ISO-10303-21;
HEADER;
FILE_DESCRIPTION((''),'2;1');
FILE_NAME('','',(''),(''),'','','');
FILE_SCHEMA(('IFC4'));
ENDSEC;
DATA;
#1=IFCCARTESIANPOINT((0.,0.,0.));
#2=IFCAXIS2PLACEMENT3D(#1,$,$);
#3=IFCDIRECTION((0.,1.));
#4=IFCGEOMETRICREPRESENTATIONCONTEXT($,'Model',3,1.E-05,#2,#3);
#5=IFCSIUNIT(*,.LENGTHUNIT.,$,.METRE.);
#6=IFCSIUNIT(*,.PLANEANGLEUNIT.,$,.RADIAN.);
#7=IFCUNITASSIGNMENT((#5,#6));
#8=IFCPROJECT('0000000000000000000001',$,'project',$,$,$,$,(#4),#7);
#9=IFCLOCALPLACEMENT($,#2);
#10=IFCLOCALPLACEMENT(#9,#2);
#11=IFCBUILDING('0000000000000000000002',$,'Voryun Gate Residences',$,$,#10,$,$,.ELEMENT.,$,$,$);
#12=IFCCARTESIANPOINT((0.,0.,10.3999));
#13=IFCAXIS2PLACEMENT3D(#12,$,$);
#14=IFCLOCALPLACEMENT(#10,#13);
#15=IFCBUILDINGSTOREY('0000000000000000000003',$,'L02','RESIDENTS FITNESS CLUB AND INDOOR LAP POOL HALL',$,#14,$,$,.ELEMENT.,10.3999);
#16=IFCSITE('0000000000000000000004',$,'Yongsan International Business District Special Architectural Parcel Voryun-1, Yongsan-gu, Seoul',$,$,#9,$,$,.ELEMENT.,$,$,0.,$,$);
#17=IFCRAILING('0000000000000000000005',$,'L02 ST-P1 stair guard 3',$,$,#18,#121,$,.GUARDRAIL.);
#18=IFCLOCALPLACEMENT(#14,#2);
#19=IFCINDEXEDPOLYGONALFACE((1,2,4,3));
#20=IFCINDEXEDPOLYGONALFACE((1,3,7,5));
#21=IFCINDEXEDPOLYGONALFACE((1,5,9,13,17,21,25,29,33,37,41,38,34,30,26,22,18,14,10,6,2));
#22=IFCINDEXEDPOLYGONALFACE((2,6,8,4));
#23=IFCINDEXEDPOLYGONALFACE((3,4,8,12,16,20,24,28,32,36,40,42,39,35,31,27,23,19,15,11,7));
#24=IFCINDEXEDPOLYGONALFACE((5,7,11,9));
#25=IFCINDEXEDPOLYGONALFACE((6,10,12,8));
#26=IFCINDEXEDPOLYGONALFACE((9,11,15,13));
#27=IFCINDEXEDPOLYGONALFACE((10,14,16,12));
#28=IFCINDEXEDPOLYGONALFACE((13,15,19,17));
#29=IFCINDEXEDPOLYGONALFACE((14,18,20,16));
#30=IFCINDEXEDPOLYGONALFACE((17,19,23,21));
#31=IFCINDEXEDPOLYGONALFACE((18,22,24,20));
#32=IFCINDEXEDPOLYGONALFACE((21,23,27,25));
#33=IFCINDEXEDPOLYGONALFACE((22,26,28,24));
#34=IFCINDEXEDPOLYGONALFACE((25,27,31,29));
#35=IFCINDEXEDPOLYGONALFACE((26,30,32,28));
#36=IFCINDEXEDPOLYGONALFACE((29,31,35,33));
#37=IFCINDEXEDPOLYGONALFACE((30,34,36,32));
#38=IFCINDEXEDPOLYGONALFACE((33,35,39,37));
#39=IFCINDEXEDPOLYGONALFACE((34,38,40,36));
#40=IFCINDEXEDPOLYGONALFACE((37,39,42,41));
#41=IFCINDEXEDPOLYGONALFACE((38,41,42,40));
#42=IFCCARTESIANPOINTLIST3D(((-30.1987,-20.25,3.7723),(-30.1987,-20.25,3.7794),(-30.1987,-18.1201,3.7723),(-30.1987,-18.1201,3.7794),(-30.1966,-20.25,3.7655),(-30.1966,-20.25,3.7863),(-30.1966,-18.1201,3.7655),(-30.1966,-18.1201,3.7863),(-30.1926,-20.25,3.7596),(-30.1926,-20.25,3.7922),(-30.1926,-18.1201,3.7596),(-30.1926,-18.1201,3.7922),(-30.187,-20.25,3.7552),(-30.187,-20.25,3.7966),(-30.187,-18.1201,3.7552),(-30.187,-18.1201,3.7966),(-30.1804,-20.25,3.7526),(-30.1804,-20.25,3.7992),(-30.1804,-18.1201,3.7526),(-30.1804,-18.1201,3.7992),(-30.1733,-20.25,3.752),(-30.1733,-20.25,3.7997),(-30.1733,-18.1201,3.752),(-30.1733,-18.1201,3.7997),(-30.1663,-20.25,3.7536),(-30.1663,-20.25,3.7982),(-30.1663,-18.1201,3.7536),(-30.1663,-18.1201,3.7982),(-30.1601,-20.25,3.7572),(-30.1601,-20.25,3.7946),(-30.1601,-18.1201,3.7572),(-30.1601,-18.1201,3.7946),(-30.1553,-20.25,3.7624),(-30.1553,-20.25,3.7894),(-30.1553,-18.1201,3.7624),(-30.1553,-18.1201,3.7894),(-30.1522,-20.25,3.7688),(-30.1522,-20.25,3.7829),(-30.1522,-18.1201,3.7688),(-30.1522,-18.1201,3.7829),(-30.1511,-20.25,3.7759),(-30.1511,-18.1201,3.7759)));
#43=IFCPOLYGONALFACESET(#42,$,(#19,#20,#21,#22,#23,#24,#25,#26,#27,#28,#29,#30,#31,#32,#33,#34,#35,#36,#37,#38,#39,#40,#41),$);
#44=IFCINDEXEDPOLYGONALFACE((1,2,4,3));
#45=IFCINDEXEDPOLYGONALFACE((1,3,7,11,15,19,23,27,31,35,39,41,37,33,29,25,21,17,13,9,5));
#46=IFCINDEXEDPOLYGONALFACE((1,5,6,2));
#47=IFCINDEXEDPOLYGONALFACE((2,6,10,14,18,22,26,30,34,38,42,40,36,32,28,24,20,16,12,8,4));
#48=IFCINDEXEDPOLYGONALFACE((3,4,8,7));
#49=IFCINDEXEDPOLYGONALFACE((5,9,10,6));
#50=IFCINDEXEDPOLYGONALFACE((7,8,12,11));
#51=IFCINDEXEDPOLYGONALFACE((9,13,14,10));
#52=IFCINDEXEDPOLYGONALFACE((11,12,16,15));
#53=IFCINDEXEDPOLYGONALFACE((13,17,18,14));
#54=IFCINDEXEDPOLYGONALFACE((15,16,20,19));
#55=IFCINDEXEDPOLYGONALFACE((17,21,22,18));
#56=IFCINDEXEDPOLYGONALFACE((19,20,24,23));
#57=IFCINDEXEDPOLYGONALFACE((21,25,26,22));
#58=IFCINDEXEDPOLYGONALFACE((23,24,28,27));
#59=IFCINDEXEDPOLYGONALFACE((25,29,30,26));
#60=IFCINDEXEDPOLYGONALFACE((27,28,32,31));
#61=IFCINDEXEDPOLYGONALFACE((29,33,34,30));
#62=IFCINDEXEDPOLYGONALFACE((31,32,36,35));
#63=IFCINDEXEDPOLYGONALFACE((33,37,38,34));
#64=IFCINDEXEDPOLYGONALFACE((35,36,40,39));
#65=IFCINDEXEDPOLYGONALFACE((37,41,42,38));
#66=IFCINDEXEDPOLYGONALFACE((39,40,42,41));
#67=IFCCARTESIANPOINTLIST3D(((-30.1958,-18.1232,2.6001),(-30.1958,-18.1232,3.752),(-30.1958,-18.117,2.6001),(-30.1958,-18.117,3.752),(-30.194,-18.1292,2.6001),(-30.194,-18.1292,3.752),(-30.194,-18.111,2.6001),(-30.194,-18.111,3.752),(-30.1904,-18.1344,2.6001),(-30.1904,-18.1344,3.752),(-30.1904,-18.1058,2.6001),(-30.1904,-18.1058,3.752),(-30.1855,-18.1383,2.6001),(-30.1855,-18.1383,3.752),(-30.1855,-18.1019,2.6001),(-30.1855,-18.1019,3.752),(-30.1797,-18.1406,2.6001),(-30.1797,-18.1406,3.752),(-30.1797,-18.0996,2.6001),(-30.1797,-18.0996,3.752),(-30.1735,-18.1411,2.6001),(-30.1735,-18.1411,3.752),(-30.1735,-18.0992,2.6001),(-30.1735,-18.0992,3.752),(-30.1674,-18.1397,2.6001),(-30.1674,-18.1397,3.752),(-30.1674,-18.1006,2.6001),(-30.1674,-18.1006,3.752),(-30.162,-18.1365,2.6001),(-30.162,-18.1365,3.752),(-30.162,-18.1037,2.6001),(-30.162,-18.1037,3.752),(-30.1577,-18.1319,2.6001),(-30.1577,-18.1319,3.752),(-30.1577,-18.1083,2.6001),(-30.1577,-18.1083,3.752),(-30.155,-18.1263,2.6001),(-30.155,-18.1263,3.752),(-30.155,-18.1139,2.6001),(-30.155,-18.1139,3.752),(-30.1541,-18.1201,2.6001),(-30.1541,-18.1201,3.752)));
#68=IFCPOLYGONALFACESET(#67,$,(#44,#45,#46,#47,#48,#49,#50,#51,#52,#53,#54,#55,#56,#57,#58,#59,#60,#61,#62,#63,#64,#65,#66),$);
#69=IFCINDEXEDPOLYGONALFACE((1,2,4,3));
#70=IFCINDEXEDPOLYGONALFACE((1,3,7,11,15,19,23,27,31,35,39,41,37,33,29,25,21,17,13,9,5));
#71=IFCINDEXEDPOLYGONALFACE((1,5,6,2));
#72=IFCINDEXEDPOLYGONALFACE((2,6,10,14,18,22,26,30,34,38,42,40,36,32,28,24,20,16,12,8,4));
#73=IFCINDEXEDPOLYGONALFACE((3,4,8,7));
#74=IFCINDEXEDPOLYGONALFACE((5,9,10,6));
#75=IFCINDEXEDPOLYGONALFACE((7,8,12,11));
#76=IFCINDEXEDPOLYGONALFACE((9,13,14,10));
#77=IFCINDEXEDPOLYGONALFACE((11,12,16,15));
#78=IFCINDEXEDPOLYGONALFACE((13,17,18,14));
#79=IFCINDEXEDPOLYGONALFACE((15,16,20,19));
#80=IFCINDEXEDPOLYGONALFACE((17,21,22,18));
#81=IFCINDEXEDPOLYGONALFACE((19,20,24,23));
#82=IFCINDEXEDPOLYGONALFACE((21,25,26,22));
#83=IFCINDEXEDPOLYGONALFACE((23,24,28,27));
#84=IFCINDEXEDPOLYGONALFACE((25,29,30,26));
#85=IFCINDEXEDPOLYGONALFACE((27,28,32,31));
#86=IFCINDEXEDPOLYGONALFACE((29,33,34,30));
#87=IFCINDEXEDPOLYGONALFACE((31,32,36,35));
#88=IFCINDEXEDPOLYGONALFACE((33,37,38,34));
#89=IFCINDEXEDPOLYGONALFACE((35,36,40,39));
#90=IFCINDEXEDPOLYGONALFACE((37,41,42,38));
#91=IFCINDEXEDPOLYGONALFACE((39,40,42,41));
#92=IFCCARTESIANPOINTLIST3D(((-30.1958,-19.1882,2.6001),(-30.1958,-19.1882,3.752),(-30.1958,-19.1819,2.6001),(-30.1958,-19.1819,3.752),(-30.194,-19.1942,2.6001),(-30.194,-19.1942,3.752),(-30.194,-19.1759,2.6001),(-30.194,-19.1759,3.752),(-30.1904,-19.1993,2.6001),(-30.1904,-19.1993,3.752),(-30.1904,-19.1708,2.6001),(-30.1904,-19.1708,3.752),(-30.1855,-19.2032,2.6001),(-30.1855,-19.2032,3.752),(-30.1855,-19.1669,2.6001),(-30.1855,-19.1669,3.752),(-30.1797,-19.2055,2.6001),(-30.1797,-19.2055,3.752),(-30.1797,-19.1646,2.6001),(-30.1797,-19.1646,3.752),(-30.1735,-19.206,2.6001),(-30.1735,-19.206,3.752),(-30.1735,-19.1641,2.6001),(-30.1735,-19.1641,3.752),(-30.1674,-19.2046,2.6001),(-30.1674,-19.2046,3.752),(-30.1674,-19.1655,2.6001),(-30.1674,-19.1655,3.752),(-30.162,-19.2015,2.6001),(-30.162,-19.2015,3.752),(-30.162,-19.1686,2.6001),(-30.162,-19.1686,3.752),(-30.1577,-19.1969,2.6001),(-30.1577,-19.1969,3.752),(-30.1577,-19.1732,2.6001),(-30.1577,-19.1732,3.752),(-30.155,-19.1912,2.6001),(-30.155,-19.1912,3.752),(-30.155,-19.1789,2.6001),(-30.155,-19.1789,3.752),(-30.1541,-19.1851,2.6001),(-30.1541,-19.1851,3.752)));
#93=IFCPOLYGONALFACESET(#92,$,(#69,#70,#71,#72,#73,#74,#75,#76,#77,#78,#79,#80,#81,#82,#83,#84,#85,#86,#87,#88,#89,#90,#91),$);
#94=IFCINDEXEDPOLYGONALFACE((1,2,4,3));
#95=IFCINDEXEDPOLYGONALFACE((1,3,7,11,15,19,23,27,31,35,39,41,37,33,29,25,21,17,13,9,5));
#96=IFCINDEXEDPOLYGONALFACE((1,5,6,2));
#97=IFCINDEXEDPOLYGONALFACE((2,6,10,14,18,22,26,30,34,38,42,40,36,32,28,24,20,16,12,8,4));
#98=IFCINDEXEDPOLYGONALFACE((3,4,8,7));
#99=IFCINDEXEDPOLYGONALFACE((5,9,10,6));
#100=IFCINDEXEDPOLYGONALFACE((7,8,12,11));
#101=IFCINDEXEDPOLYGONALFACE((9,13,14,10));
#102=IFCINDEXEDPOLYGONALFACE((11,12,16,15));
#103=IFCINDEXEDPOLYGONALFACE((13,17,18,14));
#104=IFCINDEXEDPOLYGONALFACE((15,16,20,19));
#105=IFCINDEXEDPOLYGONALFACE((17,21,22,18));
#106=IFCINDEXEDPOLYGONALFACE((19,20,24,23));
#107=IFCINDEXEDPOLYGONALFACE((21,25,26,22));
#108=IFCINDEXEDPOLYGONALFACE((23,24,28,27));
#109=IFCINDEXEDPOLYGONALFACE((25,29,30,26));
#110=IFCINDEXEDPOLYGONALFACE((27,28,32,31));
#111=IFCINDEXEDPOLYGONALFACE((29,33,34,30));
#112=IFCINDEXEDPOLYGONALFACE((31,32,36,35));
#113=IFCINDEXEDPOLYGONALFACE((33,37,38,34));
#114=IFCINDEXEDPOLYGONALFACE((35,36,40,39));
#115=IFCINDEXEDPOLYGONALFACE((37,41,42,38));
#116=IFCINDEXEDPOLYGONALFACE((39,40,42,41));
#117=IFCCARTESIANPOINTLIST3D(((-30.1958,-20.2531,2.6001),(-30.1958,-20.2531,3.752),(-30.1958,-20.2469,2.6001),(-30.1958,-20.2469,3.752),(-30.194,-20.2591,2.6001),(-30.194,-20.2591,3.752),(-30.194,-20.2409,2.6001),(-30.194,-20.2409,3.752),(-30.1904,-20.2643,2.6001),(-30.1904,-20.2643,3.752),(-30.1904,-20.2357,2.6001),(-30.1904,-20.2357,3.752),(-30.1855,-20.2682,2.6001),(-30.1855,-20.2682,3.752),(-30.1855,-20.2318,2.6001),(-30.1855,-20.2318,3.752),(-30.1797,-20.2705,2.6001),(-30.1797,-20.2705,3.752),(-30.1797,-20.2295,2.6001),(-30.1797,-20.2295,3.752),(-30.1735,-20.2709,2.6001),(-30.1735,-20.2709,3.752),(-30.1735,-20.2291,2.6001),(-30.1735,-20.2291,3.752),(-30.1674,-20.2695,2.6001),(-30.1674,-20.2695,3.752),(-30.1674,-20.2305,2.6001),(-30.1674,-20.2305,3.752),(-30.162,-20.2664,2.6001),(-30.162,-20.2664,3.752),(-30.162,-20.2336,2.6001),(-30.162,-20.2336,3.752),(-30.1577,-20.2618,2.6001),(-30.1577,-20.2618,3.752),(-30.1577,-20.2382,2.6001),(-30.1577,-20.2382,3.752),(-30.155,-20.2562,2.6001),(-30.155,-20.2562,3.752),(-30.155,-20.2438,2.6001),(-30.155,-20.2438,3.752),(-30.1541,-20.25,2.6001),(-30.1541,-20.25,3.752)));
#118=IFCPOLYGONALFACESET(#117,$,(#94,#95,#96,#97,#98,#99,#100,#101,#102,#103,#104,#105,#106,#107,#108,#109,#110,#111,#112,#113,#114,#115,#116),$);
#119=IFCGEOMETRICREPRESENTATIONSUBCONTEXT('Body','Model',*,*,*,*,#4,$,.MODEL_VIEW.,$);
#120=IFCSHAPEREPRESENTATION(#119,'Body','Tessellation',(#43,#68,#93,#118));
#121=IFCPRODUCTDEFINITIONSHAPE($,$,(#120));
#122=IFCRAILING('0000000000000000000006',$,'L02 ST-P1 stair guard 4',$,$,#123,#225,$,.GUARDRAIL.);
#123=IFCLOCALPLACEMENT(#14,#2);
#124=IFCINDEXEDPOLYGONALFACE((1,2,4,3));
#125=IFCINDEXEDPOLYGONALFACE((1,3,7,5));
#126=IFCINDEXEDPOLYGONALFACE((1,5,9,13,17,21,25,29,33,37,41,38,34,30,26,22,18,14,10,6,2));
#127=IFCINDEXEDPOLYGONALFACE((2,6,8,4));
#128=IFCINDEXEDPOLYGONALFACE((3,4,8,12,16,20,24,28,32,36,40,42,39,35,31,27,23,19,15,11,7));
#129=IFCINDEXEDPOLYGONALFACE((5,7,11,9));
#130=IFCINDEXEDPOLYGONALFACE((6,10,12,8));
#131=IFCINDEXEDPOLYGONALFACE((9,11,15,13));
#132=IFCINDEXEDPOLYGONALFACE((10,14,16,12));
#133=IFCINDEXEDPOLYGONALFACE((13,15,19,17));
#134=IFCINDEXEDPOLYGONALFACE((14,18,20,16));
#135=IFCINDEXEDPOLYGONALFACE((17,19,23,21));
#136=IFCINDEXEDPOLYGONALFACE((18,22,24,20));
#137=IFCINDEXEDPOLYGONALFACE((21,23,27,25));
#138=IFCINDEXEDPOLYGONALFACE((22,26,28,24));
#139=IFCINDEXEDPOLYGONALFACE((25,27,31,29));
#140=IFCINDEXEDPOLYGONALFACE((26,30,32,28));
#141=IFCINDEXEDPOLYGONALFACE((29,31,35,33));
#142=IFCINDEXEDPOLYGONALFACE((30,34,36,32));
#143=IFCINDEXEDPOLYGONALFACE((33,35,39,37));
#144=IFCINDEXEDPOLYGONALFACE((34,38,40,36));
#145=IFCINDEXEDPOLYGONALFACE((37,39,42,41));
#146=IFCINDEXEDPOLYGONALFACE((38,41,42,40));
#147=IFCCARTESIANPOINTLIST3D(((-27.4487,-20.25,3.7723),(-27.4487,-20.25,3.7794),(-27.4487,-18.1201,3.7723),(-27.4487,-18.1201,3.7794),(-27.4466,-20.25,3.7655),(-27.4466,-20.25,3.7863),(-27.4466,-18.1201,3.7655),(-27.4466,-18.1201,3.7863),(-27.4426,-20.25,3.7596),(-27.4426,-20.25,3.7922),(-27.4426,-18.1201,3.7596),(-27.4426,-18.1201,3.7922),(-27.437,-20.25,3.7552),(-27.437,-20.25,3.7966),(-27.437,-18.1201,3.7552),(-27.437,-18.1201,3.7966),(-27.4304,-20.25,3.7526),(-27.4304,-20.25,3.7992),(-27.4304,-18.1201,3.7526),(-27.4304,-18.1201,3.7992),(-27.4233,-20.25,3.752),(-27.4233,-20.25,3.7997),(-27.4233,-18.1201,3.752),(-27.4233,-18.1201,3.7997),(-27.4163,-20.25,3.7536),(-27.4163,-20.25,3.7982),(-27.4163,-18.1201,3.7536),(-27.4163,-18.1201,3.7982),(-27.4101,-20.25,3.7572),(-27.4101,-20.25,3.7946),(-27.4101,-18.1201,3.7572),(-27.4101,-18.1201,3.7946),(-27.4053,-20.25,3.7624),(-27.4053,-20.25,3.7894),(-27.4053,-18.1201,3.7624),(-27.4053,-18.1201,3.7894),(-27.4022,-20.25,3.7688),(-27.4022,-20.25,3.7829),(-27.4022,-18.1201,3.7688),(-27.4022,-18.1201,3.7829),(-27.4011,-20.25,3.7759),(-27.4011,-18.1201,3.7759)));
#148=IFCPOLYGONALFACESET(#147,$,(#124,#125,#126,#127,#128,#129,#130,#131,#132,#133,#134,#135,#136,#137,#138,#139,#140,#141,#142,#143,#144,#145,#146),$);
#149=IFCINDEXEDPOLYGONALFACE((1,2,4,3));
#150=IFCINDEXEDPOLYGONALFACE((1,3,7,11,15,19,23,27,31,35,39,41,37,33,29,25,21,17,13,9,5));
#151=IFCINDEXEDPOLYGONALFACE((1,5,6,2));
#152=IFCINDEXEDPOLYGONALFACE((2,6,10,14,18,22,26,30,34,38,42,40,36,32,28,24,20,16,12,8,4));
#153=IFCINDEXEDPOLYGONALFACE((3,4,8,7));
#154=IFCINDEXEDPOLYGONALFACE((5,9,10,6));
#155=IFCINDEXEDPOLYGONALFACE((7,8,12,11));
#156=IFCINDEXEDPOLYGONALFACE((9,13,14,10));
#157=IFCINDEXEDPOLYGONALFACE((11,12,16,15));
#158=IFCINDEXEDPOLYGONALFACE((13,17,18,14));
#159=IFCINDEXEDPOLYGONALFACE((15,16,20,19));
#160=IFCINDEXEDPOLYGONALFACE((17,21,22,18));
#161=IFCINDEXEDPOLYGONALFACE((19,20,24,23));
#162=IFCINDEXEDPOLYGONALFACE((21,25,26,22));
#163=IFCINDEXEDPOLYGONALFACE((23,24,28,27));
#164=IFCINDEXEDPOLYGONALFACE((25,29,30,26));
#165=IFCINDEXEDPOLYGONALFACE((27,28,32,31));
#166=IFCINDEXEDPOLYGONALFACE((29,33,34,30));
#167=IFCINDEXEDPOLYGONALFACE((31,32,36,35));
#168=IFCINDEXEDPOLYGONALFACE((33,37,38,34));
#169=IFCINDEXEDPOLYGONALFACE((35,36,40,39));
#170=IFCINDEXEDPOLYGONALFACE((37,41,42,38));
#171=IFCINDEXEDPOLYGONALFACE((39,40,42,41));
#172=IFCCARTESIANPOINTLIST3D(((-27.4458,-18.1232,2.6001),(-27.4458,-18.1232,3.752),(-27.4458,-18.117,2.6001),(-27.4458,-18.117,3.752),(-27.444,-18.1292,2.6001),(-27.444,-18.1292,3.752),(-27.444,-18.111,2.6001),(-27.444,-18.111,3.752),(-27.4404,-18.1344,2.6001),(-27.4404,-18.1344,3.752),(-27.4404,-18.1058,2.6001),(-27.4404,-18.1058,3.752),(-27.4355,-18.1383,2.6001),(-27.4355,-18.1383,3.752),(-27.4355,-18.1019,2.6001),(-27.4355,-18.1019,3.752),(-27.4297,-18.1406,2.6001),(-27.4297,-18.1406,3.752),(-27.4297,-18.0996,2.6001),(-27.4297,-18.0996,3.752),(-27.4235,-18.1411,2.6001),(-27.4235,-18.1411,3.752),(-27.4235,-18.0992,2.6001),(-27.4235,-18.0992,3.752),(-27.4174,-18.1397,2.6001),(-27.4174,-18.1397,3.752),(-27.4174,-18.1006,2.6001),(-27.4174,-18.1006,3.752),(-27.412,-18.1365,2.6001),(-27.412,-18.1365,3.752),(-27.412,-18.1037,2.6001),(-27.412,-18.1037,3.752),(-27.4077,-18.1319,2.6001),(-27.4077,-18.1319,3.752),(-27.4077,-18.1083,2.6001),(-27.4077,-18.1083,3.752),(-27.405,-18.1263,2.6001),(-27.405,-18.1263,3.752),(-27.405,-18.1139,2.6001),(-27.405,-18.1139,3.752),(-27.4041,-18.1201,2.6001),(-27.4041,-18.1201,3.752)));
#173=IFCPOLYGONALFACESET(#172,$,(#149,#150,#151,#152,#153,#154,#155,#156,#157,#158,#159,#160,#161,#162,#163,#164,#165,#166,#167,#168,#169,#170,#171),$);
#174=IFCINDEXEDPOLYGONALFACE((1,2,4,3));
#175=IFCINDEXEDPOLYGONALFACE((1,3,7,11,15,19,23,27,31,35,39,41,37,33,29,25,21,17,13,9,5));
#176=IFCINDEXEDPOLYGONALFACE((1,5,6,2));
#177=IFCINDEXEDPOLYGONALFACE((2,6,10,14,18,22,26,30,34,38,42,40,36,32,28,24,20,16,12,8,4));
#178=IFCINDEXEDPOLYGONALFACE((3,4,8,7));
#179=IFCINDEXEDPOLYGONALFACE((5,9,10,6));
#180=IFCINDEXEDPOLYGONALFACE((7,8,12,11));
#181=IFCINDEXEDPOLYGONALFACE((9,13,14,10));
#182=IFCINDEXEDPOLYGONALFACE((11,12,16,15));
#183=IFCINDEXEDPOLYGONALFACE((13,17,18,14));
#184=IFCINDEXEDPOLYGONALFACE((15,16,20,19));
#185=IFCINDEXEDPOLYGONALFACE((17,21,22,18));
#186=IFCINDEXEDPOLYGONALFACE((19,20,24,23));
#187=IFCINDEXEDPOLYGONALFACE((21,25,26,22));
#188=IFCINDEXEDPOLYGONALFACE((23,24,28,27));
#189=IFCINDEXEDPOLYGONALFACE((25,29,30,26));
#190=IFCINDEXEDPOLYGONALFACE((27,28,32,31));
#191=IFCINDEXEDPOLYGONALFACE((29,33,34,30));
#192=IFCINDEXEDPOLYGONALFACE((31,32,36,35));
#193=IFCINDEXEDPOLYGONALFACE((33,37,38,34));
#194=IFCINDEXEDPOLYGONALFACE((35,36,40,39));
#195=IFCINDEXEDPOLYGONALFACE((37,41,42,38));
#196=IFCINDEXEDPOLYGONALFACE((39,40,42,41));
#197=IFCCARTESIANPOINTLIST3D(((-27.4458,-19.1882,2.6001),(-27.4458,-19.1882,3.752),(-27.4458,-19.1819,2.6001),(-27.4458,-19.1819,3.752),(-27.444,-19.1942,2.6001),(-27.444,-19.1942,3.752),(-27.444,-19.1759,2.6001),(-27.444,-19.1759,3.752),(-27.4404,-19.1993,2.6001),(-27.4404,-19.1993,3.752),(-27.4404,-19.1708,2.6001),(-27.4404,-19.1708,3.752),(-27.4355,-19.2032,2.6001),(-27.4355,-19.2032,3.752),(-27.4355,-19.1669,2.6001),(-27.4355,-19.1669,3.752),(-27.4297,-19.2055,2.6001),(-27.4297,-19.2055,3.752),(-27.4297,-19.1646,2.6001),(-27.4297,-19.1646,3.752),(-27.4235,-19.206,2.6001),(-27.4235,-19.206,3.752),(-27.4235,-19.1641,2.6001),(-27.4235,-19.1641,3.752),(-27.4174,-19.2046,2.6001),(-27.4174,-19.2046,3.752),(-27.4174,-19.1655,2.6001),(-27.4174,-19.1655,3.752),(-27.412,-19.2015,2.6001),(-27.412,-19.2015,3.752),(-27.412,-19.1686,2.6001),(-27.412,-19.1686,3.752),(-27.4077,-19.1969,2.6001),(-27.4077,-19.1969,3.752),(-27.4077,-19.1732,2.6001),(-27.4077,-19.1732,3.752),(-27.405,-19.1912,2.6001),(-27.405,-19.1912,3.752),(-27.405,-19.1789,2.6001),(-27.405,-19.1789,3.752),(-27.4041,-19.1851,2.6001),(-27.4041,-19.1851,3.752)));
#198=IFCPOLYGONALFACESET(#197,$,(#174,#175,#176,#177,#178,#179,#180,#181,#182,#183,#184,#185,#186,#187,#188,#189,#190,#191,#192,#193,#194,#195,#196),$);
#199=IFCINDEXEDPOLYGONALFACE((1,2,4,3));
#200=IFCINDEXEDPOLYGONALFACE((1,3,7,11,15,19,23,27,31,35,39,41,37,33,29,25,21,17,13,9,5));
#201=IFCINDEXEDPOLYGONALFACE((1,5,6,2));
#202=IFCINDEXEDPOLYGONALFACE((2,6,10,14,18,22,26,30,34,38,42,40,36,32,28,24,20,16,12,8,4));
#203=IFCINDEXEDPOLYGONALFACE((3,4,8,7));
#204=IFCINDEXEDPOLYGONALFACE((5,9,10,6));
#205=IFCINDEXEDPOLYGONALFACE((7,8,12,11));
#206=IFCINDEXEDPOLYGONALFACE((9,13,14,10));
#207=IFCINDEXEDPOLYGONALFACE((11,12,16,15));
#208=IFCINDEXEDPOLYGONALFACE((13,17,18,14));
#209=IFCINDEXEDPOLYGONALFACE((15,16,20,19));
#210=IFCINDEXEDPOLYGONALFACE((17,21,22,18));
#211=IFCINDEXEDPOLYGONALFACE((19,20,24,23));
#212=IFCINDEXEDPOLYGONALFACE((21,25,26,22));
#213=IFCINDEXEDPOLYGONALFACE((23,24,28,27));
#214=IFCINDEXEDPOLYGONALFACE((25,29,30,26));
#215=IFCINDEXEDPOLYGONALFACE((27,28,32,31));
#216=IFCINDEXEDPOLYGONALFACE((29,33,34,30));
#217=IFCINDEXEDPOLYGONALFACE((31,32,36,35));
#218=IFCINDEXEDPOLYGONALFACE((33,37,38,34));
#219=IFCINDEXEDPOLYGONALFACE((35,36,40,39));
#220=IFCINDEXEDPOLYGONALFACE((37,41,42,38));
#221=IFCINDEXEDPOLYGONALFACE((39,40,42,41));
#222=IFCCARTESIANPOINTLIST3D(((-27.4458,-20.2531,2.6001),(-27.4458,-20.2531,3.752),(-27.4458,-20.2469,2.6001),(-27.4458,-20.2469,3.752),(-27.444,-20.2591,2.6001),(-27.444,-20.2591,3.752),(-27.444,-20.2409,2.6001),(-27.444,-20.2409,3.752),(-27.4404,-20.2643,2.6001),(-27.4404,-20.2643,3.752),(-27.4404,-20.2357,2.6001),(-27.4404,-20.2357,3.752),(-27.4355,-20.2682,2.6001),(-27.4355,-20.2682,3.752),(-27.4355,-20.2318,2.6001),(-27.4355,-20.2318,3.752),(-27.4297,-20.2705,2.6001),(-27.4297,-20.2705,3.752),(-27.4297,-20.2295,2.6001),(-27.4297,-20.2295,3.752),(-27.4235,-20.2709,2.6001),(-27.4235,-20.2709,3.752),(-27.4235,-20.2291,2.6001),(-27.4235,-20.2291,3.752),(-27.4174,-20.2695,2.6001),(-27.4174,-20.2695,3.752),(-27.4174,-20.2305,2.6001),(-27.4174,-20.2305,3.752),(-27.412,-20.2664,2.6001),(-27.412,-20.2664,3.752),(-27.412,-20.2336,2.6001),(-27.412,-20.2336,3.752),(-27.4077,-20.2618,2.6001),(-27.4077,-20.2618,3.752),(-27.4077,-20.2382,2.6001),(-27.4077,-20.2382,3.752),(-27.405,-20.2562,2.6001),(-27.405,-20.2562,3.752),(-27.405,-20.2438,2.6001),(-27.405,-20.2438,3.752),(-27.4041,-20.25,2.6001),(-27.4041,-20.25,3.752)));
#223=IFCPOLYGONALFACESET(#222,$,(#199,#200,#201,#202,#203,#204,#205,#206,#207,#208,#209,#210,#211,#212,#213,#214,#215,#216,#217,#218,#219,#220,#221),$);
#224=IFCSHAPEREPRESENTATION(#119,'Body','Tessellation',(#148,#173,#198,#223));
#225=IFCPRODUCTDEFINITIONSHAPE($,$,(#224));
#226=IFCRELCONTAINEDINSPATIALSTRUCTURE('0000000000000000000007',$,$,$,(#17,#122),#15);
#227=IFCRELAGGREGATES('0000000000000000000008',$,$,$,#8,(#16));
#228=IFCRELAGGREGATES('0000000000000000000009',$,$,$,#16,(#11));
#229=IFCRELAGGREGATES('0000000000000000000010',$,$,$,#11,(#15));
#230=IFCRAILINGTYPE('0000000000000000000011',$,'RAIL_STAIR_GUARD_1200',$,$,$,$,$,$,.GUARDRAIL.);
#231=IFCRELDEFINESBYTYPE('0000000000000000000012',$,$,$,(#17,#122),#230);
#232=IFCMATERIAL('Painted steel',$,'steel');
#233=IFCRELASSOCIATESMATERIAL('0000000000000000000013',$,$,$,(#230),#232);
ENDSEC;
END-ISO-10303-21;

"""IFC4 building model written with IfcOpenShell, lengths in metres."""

from ifc_helpers import new_model, si_unit, direction, frame, origin, origin_2d, place, context, subcontext, project, spatial, circle, extrude, material, type_object, element, save


model = new_model("IFC4")

# Units and contexts
model_context = context("Model", 3, precision=1e-05, world=origin(), true_north=direction((0.0, 1.0)))
body_context = subcontext(model_context, "Body", "Model", "MODEL_VIEW")
ifc_project = project(units=[si_unit("LENGTHUNIT", "METRE"), si_unit("PLANEANGLEUNIT", "RADIAN")], contexts=[model_context])

# Site, building, storey
site_placement = place(None, origin())
site = spatial("IfcSite", under=ifc_project, at=site_placement, Name="Yongsan International Business District Special Architectural Parcel Voryun-1, Yongsan-gu, Seoul", CompositionType="ELEMENT", RefElevation=0.0)
building_placement = place(site_placement, origin())
building = spatial("IfcBuilding", under=site, at=building_placement, Name="Voryun Gate Residences", CompositionType="ELEMENT")
storey_placement = place(building_placement, frame((0.0, 0.0, 10.3999)))
storey = spatial("IfcBuildingStorey", under=building, at=storey_placement, Name="L02", Description="RESIDENTS FITNESS CLUB AND INDOOR LAP POOL HALL", CompositionType="ELEMENT", Elevation=10.3999)

# Railings
ifc_material_1 = material(Name="Painted steel", Category="steel")
railing_type_1 = type_object("IfcRailingType", Name="RAIL_STAIR_GUARD_1200", PredefinedType="GUARDRAIL", material=ifc_material_1)
for number, where, name in (
    (1, (-30.175, -18.1201, 2.6001), "L02 ST-P1 stair guard 3"),
    (2, (-27.425, -18.1201, 2.6001), "L02 ST-P1 stair guard 4"),
):
    element("IfcRailing", number, at=place(storey_placement, frame(where)), inside=storey, type_object=railing_type_1, Name=name, PredefinedType="GUARDRAIL", context=body_context, shape_type="SweptSolid", body=[
        extrude(circle(Radius=0.0239, at=origin_2d()), frame((0.0, 0.0, 1.1758), z_axis=(0.0, -1.0, 0.0), x_axis=(1.0, 0.0, 0.0)), (0.0, 0.0, 1.0), 2.1299),
        extrude(circle(Radius=0.021, at=origin_2d()), origin(), (0.0, 0.0, 1.0), 1.1519),
        extrude(circle(Radius=0.021, at=origin_2d()), frame((0.0, -1.0649, 0.0)), (0.0, 0.0, 1.0), 1.1519),
        extrude(circle(Radius=0.021, at=origin_2d()), frame((0.0, -2.1299, 0.0)), (0.0, 0.0, 1.0), 1.1519),
    ])

save(model, "model.ifc")
